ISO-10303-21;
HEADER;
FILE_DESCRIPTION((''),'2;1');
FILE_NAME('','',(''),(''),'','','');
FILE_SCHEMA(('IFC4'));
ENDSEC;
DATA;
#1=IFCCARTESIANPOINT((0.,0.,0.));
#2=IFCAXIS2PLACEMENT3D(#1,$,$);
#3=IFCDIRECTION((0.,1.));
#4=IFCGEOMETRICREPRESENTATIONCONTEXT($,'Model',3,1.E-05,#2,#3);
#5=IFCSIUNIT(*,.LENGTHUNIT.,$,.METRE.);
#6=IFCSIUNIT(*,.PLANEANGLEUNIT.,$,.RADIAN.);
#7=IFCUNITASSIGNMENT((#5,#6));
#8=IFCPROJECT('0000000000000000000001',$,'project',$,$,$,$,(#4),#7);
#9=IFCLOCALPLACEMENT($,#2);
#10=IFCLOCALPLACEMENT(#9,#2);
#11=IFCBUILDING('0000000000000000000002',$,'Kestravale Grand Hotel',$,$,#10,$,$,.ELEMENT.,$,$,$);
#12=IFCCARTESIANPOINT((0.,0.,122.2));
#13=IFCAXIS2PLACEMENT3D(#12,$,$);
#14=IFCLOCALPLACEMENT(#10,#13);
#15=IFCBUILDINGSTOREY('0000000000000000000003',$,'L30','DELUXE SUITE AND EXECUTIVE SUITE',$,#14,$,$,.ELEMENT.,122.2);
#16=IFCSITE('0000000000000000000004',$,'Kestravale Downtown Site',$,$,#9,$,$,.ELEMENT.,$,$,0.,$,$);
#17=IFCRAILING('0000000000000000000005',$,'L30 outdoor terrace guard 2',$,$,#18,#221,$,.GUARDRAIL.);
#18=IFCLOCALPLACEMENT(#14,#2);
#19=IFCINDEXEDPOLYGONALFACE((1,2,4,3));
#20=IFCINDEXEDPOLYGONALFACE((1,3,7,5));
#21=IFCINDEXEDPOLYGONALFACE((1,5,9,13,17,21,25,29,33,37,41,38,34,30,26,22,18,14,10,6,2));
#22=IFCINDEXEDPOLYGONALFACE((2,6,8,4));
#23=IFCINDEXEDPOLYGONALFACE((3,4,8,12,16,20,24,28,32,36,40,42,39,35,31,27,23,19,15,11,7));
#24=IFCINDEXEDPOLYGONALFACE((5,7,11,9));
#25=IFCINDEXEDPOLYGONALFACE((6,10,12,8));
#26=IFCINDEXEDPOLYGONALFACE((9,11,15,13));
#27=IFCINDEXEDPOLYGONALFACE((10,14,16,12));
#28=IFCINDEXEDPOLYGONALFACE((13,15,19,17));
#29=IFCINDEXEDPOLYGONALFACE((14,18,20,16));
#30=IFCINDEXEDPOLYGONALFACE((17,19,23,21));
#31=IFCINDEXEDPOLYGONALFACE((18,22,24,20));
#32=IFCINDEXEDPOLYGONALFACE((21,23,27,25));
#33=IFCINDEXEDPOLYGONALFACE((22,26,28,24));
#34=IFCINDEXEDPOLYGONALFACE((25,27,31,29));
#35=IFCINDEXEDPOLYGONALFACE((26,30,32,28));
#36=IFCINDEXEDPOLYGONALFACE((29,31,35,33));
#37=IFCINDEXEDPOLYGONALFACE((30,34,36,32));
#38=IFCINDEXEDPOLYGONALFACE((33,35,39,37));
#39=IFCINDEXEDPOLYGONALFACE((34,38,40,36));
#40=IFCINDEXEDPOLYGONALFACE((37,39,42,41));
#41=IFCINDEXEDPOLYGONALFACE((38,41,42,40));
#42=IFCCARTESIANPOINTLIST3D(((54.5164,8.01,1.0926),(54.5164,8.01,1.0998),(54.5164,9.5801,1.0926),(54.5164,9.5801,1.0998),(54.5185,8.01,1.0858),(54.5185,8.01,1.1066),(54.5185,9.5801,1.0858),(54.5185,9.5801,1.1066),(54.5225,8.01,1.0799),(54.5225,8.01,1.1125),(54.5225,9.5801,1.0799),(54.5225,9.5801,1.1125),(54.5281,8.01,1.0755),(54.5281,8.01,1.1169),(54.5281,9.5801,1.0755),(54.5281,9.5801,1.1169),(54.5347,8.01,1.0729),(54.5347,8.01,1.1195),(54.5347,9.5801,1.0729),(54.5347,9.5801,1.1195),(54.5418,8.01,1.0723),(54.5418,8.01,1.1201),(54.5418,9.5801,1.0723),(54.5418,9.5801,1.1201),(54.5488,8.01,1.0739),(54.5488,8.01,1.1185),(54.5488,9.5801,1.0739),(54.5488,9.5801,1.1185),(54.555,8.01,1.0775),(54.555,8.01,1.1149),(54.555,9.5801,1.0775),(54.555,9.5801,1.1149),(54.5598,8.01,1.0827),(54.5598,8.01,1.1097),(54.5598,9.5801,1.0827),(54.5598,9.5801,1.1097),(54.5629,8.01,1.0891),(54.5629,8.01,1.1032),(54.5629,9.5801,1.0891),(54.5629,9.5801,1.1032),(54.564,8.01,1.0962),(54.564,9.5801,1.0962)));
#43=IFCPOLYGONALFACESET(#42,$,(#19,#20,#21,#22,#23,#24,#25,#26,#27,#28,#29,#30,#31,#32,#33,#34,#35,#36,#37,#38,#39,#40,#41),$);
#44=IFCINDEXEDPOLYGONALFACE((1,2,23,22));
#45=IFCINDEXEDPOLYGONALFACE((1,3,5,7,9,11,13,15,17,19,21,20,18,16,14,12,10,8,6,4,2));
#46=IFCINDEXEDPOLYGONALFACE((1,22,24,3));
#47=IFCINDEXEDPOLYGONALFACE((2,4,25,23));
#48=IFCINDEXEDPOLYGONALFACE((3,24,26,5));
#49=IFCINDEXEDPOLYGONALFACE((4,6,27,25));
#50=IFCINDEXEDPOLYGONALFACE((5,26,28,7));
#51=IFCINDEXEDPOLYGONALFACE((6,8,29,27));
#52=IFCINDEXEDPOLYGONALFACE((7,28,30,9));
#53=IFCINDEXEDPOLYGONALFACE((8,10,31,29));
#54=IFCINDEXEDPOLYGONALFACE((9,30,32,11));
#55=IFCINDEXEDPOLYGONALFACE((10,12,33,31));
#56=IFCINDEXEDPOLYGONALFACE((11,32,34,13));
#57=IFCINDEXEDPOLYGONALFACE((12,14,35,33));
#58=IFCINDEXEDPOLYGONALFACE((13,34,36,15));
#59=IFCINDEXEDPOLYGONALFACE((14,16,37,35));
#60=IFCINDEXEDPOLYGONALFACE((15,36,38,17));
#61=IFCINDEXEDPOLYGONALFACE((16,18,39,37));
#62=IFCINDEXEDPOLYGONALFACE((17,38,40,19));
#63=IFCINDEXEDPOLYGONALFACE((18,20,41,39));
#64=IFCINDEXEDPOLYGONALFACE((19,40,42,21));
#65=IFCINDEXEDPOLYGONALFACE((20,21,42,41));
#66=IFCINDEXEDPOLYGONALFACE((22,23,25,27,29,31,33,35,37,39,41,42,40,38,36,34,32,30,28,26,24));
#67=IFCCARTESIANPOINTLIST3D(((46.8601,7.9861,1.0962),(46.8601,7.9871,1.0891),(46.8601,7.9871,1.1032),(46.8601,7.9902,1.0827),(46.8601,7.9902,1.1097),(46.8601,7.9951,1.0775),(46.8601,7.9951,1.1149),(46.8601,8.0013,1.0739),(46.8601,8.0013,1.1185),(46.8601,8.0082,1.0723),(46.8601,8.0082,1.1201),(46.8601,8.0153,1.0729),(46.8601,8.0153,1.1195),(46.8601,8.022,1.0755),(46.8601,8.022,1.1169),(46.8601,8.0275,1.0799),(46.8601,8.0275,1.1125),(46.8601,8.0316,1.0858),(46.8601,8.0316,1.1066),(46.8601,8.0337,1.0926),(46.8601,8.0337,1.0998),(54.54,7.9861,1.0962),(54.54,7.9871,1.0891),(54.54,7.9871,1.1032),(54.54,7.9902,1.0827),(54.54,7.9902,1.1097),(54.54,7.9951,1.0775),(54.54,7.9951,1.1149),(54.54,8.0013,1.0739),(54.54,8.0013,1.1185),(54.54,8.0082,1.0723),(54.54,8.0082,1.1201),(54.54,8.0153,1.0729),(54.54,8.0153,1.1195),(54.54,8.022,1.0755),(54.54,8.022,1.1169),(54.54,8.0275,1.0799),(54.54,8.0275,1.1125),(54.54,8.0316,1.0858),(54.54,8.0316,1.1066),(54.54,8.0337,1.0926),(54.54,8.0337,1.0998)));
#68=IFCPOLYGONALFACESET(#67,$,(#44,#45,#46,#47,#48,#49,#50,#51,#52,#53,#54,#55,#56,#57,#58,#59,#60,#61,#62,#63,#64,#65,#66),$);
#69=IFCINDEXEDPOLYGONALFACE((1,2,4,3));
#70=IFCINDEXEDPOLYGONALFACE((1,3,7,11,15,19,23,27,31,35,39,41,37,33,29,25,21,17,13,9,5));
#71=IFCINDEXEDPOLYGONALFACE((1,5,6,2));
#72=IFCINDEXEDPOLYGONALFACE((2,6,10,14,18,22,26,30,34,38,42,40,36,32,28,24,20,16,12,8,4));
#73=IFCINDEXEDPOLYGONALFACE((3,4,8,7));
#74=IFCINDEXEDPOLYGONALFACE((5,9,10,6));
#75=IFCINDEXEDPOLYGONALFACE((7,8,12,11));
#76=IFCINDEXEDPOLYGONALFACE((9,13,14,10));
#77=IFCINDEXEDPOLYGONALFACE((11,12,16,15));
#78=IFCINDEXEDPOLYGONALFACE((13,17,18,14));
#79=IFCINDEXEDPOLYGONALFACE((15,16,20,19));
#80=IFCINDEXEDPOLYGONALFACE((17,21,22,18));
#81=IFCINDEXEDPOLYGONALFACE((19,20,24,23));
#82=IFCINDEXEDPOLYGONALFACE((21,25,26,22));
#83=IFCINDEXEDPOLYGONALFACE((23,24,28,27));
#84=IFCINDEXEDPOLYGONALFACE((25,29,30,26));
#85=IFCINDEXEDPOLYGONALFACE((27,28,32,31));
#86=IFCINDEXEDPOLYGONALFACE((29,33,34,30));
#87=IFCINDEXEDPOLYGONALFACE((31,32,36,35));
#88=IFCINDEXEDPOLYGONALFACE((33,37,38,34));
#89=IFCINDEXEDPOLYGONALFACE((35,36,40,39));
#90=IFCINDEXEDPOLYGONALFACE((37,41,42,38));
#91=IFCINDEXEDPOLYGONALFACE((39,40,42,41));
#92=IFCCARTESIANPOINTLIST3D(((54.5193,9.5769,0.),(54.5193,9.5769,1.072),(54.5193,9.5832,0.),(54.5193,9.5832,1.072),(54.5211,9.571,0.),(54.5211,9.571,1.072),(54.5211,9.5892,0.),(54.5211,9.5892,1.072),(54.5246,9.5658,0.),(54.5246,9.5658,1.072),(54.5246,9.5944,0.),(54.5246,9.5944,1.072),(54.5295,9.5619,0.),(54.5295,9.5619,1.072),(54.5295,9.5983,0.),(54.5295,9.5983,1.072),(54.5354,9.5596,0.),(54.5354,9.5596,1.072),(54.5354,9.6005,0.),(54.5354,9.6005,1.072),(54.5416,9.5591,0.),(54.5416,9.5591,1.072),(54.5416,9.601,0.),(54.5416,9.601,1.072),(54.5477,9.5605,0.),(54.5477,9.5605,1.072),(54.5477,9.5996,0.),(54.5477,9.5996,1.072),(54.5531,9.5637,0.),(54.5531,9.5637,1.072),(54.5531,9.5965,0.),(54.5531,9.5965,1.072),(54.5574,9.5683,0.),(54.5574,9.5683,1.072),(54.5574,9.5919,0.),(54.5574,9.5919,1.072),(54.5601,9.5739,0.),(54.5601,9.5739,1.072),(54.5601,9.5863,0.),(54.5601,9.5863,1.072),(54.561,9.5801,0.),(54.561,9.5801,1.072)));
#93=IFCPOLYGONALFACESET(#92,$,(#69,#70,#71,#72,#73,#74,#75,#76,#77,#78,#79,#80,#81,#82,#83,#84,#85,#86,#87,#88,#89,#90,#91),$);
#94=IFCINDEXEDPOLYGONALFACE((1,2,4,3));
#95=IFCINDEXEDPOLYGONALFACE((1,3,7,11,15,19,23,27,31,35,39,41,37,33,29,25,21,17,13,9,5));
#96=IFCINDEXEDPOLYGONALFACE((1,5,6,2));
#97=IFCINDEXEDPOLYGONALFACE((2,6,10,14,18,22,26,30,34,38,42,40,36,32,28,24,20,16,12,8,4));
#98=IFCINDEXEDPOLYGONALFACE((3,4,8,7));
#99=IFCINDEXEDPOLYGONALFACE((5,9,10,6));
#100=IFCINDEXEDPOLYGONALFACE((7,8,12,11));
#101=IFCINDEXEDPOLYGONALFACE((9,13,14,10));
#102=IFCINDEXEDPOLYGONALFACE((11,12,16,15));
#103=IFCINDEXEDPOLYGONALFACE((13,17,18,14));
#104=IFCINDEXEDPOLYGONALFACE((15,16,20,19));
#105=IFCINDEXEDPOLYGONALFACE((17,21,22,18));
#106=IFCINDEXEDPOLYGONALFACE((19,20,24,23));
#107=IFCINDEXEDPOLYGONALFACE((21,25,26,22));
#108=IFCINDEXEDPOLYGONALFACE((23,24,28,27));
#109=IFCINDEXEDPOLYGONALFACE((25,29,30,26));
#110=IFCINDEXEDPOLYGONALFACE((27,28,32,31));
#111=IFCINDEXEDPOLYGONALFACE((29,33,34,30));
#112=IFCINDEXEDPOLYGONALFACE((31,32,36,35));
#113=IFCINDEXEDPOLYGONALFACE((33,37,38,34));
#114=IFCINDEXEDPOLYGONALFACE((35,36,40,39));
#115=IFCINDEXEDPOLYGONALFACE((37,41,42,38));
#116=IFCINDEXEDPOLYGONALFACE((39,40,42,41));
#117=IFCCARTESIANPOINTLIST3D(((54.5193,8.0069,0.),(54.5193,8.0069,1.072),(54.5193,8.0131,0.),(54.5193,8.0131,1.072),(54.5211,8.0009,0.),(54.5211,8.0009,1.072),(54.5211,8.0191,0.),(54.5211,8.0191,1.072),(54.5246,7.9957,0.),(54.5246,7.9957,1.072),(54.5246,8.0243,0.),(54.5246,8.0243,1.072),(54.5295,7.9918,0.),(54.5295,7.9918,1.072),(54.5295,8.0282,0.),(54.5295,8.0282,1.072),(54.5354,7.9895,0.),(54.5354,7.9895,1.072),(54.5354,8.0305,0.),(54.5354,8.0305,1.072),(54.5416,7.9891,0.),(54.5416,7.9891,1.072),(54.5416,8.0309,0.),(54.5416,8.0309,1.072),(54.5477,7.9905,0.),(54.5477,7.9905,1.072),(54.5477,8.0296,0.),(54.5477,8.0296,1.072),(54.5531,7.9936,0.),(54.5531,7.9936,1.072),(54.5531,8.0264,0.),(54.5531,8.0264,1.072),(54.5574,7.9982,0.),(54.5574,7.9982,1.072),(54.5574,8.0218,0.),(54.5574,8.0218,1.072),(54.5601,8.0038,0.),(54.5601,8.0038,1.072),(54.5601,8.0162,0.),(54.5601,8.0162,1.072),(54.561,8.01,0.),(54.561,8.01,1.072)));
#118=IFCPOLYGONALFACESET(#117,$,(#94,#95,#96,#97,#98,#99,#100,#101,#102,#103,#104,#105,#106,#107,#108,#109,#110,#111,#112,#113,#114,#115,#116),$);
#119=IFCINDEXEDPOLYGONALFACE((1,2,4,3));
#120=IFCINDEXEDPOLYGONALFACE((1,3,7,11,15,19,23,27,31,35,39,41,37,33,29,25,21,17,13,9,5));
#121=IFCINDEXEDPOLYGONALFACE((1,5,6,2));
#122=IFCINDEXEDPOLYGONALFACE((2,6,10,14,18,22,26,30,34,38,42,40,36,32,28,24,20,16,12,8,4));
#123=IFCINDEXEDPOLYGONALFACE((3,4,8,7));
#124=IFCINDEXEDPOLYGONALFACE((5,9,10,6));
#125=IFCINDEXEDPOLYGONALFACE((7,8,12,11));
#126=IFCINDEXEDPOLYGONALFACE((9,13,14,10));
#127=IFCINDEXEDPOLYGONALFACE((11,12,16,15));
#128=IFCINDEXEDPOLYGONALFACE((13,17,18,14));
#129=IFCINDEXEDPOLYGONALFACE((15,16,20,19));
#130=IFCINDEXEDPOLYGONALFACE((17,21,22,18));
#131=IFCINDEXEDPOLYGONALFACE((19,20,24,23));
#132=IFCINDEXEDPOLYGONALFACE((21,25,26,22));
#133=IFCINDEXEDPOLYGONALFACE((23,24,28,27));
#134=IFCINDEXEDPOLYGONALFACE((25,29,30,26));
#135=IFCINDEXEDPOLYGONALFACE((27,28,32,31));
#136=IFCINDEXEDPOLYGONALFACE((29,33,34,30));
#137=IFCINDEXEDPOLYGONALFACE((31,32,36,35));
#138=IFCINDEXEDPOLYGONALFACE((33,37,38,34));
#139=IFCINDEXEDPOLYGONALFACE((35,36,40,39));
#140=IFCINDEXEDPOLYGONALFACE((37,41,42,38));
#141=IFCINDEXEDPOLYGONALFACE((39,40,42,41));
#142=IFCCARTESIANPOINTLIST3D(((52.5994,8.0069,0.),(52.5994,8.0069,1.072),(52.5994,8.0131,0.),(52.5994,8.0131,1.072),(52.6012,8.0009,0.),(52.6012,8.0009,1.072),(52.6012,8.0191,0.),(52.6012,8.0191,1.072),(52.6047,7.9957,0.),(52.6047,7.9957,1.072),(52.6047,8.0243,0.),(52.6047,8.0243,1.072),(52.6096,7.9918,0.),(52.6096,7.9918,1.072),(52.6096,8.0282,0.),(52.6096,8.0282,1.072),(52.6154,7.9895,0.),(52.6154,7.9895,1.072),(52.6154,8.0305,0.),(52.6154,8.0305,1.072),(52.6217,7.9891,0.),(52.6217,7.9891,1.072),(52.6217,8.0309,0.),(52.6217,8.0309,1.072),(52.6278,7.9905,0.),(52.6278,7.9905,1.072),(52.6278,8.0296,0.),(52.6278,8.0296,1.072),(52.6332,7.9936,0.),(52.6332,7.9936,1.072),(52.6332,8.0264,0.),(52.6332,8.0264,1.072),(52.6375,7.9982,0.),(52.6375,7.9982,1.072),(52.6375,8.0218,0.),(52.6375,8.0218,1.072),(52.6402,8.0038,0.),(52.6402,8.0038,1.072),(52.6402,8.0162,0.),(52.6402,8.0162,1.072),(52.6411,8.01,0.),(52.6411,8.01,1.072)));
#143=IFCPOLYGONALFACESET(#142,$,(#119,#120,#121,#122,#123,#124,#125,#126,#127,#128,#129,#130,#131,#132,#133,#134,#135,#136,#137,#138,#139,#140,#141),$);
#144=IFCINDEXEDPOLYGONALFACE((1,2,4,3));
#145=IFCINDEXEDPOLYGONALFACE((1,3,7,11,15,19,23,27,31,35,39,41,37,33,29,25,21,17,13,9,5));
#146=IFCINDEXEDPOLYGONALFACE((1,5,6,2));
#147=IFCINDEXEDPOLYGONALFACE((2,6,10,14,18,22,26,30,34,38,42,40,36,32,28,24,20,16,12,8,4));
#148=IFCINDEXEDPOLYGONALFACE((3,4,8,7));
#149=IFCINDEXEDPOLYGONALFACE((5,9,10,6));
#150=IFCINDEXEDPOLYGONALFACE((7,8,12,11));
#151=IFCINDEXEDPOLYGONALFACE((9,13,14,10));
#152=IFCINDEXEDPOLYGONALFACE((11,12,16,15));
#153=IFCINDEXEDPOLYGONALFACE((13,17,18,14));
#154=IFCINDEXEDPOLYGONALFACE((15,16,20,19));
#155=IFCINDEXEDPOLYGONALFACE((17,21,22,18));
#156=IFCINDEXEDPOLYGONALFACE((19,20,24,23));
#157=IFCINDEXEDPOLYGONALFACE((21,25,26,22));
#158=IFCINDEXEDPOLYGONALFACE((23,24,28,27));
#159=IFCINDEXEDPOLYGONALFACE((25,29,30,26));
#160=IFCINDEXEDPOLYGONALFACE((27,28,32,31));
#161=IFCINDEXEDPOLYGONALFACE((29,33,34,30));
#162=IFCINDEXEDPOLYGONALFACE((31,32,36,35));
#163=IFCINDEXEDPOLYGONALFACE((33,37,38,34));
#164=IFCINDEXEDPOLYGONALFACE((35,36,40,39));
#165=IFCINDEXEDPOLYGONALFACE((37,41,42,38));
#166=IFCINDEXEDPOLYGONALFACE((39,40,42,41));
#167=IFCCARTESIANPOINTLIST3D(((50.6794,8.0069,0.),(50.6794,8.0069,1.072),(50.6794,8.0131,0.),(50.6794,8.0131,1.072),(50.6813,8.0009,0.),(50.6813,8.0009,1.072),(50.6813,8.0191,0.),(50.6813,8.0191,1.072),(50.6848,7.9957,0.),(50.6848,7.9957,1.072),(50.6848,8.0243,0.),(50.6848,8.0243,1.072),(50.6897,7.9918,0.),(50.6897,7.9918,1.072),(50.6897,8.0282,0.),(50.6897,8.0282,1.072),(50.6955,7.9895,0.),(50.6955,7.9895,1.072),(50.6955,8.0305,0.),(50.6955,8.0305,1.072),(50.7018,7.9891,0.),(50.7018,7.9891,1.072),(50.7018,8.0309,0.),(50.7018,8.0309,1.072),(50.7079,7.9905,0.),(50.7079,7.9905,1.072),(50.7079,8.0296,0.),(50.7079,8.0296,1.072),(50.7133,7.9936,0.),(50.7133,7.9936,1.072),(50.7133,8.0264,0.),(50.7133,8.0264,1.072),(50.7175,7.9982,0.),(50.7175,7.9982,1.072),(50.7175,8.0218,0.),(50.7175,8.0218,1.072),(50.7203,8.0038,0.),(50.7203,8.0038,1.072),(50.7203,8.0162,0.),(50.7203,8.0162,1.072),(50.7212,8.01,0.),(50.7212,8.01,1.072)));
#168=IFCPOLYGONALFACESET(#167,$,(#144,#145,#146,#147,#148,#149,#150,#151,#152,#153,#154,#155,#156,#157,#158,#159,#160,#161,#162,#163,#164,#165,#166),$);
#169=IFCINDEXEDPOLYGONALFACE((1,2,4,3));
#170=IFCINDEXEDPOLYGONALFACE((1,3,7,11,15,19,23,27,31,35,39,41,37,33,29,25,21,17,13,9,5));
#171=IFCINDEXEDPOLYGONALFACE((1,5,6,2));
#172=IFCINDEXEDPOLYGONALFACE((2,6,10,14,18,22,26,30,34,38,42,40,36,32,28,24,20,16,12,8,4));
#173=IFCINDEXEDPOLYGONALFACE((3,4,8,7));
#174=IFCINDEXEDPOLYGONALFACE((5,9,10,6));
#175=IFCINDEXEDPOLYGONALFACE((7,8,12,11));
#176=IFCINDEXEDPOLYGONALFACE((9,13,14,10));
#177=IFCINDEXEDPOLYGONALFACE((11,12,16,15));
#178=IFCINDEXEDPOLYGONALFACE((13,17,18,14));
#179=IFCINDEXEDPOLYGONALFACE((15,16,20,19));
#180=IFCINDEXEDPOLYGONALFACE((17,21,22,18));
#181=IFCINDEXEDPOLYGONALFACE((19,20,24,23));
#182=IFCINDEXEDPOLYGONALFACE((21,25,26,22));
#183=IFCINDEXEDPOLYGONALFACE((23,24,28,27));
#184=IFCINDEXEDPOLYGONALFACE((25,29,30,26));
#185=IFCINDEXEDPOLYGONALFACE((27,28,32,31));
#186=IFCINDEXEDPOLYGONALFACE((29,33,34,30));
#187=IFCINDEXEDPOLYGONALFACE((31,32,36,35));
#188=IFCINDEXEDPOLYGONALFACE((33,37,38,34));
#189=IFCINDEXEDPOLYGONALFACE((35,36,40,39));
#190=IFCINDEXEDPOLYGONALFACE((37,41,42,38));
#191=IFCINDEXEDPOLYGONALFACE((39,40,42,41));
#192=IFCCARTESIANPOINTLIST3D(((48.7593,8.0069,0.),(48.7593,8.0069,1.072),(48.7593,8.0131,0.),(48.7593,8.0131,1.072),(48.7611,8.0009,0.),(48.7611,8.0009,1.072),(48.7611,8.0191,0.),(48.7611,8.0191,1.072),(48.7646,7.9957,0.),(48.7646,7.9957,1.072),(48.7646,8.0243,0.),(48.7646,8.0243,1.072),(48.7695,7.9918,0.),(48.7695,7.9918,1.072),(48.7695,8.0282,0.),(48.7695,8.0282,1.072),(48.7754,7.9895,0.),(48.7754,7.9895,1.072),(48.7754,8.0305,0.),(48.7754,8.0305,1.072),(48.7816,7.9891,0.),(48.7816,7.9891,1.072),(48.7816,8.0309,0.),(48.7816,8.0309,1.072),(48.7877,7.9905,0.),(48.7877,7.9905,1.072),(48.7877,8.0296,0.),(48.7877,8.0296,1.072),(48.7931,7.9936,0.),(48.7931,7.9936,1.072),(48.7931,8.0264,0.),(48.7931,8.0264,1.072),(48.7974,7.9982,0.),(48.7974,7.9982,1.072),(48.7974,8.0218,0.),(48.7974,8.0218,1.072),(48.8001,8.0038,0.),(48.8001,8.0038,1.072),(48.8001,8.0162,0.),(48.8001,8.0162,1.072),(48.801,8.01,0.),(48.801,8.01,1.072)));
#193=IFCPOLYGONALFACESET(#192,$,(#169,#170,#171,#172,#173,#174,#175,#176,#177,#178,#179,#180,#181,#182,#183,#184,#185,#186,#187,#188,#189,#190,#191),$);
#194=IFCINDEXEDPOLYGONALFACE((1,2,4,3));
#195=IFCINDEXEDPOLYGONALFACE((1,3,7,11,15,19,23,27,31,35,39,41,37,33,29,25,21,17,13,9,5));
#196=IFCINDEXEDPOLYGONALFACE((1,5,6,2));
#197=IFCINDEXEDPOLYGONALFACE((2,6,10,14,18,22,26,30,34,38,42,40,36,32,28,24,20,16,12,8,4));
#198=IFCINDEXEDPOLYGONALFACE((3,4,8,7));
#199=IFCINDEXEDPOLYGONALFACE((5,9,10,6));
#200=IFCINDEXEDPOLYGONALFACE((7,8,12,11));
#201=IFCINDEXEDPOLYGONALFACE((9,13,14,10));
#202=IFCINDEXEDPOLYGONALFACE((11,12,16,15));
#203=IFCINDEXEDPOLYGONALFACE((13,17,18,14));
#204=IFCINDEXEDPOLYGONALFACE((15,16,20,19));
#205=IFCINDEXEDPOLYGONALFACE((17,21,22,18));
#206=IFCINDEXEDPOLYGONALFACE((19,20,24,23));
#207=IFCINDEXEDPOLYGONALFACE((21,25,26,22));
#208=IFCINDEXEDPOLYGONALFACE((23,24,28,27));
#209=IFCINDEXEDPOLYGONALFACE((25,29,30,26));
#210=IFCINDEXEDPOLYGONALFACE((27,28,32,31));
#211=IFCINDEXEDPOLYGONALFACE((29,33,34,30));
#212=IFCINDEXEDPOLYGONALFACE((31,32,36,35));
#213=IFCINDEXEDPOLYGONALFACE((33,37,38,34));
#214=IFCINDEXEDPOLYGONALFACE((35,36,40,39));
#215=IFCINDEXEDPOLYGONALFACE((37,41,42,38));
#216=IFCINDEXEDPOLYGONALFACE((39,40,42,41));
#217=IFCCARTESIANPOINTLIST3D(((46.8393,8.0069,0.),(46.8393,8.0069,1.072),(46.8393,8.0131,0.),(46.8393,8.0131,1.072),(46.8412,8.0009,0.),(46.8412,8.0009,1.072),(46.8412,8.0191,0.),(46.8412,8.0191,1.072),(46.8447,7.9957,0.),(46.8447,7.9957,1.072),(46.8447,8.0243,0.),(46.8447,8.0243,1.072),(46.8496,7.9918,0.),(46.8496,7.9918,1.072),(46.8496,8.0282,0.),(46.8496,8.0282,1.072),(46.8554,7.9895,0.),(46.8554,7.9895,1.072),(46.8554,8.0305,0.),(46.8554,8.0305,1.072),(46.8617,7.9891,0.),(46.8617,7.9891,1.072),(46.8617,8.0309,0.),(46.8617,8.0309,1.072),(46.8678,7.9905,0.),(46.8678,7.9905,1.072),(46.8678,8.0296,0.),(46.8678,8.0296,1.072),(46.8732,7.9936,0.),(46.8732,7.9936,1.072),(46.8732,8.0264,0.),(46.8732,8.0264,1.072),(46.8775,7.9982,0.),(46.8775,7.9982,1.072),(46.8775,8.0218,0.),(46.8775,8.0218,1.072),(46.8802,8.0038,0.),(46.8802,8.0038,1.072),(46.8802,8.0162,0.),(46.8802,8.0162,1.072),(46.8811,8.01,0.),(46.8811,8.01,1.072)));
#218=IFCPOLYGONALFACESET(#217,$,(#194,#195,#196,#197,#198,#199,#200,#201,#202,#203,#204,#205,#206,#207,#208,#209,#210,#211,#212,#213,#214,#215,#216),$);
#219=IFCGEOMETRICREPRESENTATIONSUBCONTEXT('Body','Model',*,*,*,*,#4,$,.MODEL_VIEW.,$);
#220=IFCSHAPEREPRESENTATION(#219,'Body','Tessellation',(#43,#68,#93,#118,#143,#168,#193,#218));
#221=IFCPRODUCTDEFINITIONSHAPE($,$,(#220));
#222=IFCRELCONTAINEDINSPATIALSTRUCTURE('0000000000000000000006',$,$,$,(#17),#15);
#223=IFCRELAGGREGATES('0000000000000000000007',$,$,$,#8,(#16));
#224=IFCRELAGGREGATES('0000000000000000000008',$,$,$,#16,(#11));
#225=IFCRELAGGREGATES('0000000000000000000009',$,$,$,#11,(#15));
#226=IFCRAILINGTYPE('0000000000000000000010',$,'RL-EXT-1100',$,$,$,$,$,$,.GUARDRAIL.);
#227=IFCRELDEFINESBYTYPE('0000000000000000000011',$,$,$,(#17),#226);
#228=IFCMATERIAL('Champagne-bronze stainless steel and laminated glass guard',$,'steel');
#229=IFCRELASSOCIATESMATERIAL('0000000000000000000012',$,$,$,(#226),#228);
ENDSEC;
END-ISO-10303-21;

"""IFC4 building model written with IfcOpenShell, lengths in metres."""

from ifc_helpers import new_model, si_unit, direction, frame, origin, origin_2d, place, context, subcontext, project, spatial, circle, extrude, material, type_object, element, save


model = new_model("IFC4")

# Units and contexts
model_context = context("Model", 3, precision=1e-05, world=origin(), true_north=direction((0.0, 1.0)))
body_context = subcontext(model_context, "Body", "Model", "MODEL_VIEW")
ifc_project = project(units=[si_unit("LENGTHUNIT", "METRE"), si_unit("PLANEANGLEUNIT", "RADIAN")], contexts=[model_context])

# Site, building, storey
site_placement = place(None, origin())
site = spatial("IfcSite", under=ifc_project, at=site_placement, Name="Kestravale Downtown Site", CompositionType="ELEMENT", RefElevation=0.0)
building_placement = place(site_placement, origin())
building = spatial("IfcBuilding", under=site, at=building_placement, Name="Kestravale Grand Hotel", CompositionType="ELEMENT")
storey_placement = place(building_placement, frame((0.0, 0.0, 122.2)))
storey = spatial("IfcBuildingStorey", under=building, at=storey_placement, Name="L30", Description="DELUXE SUITE AND EXECUTIVE SUITE", CompositionType="ELEMENT", Elevation=122.2)

# Railing
ifc_material_1 = material(Name="Champagne-bronze stainless steel and laminated glass guard", Category="steel")
railing_type = type_object("IfcRailingType", Name="RL-EXT-1100", PredefinedType="GUARDRAIL", material=ifc_material_1)
railing_1_placement = place(storey_placement, frame((54.54, 9.5801, 0.0)))
element("IfcRailing", 1, at=railing_1_placement, inside=storey, type_object=railing_type, Name="L30 outdoor terrace guard 2", PredefinedType="GUARDRAIL", context=body_context, shape_type="SweptSolid", body=[
    extrude(circle(Radius=0.0239, at=origin_2d()), frame((0.0, 0.0, 1.0962), z_axis=(0.0, -1.0, 0.0), x_axis=(1.0, 0.0, 0.0)), (0.0, 0.0, 1.0), 1.5701),
    extrude(circle(Radius=0.0239, at=origin_2d()), frame((0.0, -1.5701, 1.0962), z_axis=(-1.0, 0.0, 0.0), x_axis=(0.0, -1.0, 0.0)), (0.0, 0.0, 1.0), 7.6799),
    extrude(circle(Radius=0.021, at=origin_2d()), origin(), (0.0, 0.0, 1.0), 1.072),
    extrude(circle(Radius=0.021, at=origin_2d()), frame((0.0, -1.5701, 0.0)), (0.0, 0.0, 1.0), 1.072),
    extrude(circle(Radius=0.021, at=origin_2d()), frame((-1.9199, -1.5701, 0.0)), (0.0, 0.0, 1.0), 1.072),
    extrude(circle(Radius=0.021, at=origin_2d()), frame((-3.8398, -1.5701, 0.0)), (0.0, 0.0, 1.0), 1.072),
    extrude(circle(Radius=0.021, at=origin_2d()), frame((-5.76, -1.5701, 0.0)), (0.0, 0.0, 1.0), 1.072),
    extrude(circle(Radius=0.021, at=origin_2d()), frame((-7.6799, -1.5701, 0.0)), (0.0, 0.0, 1.0), 1.072),
])

save(model, "model.ifc")
